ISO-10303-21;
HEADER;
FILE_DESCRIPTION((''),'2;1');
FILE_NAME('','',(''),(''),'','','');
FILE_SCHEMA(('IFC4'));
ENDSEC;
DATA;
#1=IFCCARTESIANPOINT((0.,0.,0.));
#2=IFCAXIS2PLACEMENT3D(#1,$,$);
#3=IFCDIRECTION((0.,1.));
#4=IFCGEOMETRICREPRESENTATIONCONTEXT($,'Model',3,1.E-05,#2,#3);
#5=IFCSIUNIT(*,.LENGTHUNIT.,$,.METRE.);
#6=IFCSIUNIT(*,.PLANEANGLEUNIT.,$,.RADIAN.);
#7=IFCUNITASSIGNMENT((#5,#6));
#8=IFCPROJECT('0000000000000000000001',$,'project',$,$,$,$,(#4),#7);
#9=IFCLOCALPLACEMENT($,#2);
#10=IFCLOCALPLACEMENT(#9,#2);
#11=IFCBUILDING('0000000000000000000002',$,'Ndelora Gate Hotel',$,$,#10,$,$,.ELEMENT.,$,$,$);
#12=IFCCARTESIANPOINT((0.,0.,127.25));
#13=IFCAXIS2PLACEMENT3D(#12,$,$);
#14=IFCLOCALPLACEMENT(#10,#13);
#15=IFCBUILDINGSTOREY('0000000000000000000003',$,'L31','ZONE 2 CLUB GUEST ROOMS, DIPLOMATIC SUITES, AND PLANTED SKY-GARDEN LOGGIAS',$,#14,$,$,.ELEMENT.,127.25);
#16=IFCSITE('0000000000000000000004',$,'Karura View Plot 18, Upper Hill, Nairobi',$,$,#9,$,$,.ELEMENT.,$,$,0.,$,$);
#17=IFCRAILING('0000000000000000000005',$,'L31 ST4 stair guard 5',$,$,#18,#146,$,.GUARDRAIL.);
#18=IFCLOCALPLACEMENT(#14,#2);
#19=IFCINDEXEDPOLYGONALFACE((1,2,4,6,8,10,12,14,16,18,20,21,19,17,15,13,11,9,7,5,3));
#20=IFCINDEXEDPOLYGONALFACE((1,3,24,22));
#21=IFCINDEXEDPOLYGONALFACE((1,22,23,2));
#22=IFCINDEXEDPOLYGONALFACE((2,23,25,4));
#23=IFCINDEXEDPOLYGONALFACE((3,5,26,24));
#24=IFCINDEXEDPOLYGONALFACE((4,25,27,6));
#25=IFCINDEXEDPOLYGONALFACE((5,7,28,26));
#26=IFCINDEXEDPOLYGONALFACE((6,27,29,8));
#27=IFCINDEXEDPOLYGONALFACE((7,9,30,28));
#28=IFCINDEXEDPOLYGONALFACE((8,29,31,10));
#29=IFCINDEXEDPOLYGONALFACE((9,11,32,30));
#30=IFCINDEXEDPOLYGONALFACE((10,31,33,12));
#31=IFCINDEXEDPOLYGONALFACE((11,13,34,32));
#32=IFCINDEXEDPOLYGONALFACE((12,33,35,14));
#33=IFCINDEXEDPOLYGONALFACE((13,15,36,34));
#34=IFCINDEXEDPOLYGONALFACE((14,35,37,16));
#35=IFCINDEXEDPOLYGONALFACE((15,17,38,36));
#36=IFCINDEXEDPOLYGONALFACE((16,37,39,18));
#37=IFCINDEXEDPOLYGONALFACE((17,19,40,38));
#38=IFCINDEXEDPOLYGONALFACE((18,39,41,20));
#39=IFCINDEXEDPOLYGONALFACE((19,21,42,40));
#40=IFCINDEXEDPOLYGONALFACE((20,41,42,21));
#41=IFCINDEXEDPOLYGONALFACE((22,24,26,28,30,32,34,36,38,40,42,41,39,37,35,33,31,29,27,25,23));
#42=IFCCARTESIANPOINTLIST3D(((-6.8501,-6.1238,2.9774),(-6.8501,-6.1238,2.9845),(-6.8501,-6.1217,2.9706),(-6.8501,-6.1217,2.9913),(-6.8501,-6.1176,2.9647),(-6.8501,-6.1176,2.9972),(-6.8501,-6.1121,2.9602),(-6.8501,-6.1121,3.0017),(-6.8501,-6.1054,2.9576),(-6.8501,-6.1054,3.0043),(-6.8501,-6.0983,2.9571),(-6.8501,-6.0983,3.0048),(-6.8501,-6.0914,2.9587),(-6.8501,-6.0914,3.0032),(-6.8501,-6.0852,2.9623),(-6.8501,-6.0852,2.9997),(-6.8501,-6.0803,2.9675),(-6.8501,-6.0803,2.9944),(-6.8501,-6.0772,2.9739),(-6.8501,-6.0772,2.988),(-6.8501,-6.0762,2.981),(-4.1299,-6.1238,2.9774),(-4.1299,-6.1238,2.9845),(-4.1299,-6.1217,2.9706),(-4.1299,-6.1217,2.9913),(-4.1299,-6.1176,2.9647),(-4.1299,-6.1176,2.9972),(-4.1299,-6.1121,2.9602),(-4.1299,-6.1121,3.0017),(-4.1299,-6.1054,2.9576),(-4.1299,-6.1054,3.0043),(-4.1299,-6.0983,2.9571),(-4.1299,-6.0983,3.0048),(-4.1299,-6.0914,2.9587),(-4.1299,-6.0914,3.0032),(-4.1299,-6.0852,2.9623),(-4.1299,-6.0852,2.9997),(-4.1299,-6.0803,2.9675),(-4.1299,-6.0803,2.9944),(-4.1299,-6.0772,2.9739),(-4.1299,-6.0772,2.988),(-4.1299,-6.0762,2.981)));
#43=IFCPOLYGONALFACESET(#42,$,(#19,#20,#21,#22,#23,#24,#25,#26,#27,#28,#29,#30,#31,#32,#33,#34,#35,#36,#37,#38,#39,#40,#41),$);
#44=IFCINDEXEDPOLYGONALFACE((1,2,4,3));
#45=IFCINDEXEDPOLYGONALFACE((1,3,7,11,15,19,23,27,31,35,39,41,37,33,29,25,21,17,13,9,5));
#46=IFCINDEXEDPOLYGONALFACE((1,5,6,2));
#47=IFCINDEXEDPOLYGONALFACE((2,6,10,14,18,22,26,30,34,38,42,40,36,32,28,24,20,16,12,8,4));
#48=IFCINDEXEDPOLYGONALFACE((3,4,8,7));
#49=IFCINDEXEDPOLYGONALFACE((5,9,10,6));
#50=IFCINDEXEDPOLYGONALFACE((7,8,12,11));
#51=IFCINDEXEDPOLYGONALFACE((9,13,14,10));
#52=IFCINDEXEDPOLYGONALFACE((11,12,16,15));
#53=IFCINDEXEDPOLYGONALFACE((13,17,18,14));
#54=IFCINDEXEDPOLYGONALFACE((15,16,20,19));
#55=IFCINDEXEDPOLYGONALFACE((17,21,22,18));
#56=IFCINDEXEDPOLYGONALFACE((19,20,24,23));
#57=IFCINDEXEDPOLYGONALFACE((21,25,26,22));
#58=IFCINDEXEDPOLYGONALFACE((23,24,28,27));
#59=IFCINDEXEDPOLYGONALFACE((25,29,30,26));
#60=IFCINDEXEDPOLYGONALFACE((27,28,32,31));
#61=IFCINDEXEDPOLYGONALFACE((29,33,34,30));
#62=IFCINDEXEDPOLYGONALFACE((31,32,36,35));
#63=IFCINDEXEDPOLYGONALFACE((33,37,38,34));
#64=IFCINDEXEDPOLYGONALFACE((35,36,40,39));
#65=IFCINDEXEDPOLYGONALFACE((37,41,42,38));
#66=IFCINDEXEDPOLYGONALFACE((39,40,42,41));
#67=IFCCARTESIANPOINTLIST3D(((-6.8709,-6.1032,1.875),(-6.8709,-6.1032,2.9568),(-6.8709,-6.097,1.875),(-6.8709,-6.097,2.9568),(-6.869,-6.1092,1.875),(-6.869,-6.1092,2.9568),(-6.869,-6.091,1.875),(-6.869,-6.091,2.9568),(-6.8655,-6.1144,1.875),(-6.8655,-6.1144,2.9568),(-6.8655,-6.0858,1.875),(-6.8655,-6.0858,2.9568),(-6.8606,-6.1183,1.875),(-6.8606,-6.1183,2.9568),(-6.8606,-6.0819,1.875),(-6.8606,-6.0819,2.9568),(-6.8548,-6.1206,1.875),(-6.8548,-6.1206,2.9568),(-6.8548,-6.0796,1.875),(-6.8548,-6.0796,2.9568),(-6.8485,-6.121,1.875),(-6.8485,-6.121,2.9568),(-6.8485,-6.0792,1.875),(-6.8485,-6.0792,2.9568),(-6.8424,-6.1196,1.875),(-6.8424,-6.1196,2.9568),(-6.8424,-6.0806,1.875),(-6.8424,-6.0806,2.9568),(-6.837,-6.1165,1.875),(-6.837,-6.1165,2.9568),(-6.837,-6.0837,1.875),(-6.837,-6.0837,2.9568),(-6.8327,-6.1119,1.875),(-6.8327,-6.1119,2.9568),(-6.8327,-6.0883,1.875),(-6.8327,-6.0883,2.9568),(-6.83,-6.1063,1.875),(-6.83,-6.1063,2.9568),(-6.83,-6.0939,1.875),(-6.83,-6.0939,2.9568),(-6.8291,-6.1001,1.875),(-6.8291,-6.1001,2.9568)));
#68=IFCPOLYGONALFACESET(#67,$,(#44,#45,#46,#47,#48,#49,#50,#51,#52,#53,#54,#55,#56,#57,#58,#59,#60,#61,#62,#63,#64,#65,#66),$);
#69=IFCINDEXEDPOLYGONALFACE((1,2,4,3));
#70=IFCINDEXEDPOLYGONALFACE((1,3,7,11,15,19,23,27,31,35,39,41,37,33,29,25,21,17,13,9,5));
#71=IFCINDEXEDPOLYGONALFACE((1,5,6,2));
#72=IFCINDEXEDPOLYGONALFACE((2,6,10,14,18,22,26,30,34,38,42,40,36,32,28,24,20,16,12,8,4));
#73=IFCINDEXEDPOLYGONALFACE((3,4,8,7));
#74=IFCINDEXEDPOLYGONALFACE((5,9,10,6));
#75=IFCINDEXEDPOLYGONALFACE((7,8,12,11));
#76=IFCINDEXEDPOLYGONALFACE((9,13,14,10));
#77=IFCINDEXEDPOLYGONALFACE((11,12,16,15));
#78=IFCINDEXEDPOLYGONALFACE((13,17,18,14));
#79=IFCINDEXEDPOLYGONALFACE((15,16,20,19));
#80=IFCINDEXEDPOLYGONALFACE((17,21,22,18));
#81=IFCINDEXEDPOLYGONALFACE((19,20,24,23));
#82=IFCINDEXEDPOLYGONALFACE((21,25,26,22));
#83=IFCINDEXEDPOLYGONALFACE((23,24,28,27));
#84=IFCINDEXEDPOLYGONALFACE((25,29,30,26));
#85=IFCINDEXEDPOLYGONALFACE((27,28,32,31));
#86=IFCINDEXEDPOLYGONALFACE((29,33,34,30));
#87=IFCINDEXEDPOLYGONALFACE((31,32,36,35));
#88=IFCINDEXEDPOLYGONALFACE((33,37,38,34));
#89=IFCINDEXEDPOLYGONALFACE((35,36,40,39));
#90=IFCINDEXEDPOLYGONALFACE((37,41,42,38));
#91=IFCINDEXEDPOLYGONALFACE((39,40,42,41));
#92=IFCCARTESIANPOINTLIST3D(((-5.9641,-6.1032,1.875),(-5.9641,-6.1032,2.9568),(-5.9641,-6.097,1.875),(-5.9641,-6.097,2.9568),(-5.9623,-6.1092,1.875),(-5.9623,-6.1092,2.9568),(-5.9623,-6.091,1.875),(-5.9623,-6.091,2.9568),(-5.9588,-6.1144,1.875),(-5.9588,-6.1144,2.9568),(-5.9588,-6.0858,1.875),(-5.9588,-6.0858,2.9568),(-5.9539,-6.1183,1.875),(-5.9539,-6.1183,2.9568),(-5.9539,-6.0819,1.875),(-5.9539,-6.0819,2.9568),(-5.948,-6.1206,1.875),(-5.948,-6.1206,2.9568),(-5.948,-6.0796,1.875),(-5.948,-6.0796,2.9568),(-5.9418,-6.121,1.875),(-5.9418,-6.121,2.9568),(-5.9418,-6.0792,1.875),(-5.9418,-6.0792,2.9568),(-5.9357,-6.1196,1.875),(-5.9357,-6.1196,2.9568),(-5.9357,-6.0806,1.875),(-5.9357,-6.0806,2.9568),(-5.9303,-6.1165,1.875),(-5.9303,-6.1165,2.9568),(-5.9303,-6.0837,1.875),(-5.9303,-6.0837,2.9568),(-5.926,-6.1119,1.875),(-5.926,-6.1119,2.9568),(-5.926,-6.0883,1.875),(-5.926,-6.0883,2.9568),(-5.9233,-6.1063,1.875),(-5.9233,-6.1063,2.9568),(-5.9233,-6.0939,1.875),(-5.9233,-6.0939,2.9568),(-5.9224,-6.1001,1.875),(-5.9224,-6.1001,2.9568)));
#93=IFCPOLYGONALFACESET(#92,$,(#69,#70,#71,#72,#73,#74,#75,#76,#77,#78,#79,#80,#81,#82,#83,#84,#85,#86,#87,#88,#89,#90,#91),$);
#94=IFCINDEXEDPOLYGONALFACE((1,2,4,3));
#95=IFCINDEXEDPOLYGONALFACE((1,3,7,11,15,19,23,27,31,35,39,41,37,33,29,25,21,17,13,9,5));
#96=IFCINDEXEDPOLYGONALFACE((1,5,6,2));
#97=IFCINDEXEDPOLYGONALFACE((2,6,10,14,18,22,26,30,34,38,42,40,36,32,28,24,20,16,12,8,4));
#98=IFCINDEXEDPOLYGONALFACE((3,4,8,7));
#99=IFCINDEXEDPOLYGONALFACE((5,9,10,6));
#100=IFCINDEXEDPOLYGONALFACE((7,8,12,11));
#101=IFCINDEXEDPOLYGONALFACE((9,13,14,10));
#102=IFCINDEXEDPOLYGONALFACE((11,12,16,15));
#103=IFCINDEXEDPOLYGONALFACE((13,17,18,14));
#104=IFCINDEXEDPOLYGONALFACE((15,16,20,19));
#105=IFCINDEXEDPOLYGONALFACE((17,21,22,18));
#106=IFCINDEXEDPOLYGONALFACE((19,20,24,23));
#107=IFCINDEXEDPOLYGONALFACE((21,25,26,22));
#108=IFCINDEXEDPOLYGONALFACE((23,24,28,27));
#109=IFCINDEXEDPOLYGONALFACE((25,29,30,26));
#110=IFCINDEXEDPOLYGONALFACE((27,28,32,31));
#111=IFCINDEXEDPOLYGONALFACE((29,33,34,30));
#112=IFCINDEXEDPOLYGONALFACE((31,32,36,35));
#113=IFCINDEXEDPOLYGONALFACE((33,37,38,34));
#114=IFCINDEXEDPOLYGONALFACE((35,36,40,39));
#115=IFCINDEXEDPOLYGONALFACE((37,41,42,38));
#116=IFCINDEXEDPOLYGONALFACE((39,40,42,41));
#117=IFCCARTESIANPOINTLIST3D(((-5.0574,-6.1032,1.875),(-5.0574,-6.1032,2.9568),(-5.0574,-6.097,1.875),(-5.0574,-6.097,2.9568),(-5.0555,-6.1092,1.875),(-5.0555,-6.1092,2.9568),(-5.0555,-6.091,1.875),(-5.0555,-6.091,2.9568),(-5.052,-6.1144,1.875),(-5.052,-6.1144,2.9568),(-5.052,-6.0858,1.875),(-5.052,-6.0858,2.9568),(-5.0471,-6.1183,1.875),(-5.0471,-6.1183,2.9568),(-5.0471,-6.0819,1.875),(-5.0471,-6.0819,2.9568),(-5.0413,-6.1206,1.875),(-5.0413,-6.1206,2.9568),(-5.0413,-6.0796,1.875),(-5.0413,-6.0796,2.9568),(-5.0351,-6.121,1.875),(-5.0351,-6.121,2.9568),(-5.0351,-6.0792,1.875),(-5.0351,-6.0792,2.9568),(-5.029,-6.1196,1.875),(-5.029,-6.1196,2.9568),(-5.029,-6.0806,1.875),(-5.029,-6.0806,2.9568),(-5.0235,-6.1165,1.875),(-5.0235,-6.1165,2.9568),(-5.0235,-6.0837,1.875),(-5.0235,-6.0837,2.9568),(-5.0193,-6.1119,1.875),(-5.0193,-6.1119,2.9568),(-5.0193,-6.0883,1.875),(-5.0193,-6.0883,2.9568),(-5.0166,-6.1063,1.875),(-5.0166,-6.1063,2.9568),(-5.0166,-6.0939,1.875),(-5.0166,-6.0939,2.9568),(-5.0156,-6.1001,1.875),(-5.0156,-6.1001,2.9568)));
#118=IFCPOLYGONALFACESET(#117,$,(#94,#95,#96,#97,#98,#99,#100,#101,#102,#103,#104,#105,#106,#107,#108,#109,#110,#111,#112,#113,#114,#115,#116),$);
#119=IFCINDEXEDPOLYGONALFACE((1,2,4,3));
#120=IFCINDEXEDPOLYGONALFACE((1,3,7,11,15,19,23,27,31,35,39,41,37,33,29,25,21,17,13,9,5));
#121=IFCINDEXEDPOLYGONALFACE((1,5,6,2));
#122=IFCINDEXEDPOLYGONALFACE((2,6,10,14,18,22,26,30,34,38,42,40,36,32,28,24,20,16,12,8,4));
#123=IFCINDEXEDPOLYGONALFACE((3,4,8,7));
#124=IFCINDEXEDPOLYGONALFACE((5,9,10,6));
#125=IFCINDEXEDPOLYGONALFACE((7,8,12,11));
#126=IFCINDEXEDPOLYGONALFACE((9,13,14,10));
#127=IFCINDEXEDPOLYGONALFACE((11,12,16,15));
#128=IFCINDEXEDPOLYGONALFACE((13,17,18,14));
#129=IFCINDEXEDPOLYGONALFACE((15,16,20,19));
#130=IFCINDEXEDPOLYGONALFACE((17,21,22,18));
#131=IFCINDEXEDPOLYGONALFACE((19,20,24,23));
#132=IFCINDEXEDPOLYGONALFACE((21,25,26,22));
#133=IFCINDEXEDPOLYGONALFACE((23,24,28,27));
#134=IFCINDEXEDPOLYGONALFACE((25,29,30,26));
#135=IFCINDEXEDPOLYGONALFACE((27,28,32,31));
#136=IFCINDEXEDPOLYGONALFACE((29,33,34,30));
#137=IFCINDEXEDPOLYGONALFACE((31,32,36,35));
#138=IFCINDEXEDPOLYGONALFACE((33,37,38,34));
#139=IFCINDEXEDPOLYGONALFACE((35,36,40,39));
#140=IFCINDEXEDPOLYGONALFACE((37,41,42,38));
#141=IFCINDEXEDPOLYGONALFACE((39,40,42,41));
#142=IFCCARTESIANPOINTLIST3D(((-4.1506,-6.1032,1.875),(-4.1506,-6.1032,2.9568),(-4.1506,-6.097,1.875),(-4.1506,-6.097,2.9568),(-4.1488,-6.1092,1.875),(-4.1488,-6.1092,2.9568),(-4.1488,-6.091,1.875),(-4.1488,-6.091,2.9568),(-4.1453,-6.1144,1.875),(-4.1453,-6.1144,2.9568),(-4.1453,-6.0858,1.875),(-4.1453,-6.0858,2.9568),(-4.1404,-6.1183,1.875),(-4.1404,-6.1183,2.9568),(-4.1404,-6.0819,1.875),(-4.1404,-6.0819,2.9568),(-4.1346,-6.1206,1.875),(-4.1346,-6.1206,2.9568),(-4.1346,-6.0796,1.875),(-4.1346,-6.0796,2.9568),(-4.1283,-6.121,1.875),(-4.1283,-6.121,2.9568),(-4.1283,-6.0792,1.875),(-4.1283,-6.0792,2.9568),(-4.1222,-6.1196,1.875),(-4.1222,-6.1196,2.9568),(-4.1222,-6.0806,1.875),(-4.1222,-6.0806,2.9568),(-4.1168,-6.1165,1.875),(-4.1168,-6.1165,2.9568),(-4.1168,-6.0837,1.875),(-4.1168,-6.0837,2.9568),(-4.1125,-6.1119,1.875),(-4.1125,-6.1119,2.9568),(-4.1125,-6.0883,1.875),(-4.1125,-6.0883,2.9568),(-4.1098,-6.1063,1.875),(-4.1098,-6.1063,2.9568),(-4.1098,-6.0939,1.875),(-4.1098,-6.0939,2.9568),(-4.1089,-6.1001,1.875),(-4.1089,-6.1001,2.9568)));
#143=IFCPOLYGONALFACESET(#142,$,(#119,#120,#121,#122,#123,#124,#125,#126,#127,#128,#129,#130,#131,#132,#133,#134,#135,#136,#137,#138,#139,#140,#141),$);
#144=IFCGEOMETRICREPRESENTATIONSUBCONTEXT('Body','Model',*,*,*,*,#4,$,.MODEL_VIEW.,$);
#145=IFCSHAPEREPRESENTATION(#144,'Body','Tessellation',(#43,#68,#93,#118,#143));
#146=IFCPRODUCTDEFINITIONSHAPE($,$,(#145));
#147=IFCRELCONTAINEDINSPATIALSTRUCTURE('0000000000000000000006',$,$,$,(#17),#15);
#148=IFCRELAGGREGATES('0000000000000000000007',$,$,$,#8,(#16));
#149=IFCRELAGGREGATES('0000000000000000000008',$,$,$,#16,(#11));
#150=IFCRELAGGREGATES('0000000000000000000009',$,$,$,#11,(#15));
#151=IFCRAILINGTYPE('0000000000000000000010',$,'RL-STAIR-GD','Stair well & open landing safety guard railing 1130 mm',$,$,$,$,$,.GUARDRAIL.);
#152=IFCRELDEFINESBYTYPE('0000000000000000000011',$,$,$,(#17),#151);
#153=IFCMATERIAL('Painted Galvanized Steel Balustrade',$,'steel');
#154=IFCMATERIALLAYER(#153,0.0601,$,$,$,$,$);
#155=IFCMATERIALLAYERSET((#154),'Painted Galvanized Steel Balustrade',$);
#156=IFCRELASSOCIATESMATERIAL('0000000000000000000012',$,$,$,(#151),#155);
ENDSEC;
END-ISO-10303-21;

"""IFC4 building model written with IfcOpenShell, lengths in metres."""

from ifc_helpers import new_model, si_unit, direction, frame, origin, origin_2d, place, context, subcontext, project, spatial, circle, extrude, material, layer, layer_set, type_object, element, save


model = new_model("IFC4")

# Units and contexts
model_context = context("Model", 3, precision=1e-05, world=origin(), true_north=direction((0.0, 1.0)))
body_context = subcontext(model_context, "Body", "Model", "MODEL_VIEW")
ifc_project = project(units=[si_unit("LENGTHUNIT", "METRE"), si_unit("PLANEANGLEUNIT", "RADIAN")], contexts=[model_context])

# Site, building, storey
site_placement = place(None, origin())
site = spatial("IfcSite", under=ifc_project, at=site_placement, Name="Karura View Plot 18, Upper Hill, Nairobi", CompositionType="ELEMENT", RefElevation=0.0)
building_placement = place(site_placement, origin())
building = spatial("IfcBuilding", under=site, at=building_placement, Name="Ndelora Gate Hotel", CompositionType="ELEMENT")
storey_placement = place(building_placement, frame((0.0, 0.0, 127.25)))
storey = spatial("IfcBuildingStorey", under=building, at=storey_placement, Name="L31", Description="ZONE 2 CLUB GUEST ROOMS, DIPLOMATIC SUITES, AND PLANTED SKY-GARDEN LOGGIAS", CompositionType="ELEMENT", Elevation=127.25)

# Railing
ifc_material_1 = material(Name="Painted Galvanized Steel Balustrade", Category="steel")
ifc_layer_1 = layer(ifc_material_1, 0.0601)
ifc_layer_set_1 = layer_set([ifc_layer_1], Name="Painted Galvanized Steel Balustrade")
railing_type_1 = type_object("IfcRailingType", Name="RL-STAIR-GD", Description="Stair well & open landing safety guard railing 1130 mm", PredefinedType="GUARDRAIL", material=ifc_layer_set_1)
railing_1_placement = place(storey_placement, frame((-6.8501, -6.1001, 1.875)))
element("IfcRailing", 1, at=railing_1_placement, inside=storey, type_object=railing_type_1, Name="L31 ST4 stair guard 5", PredefinedType="GUARDRAIL", context=body_context, shape_type="SweptSolid", body=[
    extrude(circle(Radius=0.0239, at=origin_2d()), frame((0.0, 0.0, 1.106), z_axis=(1.0, 0.0, 0.0), x_axis=(0.0, 1.0, 0.0)), (0.0, 0.0, 1.0), 2.7202),
    extrude(circle(Radius=0.021, at=origin_2d()), origin(), (0.0, 0.0, 1.0), 1.0818),
    extrude(circle(Radius=0.021, at=origin_2d()), frame((0.9067, 0.0, 0.0)), (0.0, 0.0, 1.0), 1.0818),
    extrude(circle(Radius=0.021, at=origin_2d()), frame((1.8135, 0.0, 0.0)), (0.0, 0.0, 1.0), 1.0818),
    extrude(circle(Radius=0.021, at=origin_2d()), frame((2.7202, 0.0, 0.0)), (0.0, 0.0, 1.0), 1.0818),
])

save(model, "model.ifc")
